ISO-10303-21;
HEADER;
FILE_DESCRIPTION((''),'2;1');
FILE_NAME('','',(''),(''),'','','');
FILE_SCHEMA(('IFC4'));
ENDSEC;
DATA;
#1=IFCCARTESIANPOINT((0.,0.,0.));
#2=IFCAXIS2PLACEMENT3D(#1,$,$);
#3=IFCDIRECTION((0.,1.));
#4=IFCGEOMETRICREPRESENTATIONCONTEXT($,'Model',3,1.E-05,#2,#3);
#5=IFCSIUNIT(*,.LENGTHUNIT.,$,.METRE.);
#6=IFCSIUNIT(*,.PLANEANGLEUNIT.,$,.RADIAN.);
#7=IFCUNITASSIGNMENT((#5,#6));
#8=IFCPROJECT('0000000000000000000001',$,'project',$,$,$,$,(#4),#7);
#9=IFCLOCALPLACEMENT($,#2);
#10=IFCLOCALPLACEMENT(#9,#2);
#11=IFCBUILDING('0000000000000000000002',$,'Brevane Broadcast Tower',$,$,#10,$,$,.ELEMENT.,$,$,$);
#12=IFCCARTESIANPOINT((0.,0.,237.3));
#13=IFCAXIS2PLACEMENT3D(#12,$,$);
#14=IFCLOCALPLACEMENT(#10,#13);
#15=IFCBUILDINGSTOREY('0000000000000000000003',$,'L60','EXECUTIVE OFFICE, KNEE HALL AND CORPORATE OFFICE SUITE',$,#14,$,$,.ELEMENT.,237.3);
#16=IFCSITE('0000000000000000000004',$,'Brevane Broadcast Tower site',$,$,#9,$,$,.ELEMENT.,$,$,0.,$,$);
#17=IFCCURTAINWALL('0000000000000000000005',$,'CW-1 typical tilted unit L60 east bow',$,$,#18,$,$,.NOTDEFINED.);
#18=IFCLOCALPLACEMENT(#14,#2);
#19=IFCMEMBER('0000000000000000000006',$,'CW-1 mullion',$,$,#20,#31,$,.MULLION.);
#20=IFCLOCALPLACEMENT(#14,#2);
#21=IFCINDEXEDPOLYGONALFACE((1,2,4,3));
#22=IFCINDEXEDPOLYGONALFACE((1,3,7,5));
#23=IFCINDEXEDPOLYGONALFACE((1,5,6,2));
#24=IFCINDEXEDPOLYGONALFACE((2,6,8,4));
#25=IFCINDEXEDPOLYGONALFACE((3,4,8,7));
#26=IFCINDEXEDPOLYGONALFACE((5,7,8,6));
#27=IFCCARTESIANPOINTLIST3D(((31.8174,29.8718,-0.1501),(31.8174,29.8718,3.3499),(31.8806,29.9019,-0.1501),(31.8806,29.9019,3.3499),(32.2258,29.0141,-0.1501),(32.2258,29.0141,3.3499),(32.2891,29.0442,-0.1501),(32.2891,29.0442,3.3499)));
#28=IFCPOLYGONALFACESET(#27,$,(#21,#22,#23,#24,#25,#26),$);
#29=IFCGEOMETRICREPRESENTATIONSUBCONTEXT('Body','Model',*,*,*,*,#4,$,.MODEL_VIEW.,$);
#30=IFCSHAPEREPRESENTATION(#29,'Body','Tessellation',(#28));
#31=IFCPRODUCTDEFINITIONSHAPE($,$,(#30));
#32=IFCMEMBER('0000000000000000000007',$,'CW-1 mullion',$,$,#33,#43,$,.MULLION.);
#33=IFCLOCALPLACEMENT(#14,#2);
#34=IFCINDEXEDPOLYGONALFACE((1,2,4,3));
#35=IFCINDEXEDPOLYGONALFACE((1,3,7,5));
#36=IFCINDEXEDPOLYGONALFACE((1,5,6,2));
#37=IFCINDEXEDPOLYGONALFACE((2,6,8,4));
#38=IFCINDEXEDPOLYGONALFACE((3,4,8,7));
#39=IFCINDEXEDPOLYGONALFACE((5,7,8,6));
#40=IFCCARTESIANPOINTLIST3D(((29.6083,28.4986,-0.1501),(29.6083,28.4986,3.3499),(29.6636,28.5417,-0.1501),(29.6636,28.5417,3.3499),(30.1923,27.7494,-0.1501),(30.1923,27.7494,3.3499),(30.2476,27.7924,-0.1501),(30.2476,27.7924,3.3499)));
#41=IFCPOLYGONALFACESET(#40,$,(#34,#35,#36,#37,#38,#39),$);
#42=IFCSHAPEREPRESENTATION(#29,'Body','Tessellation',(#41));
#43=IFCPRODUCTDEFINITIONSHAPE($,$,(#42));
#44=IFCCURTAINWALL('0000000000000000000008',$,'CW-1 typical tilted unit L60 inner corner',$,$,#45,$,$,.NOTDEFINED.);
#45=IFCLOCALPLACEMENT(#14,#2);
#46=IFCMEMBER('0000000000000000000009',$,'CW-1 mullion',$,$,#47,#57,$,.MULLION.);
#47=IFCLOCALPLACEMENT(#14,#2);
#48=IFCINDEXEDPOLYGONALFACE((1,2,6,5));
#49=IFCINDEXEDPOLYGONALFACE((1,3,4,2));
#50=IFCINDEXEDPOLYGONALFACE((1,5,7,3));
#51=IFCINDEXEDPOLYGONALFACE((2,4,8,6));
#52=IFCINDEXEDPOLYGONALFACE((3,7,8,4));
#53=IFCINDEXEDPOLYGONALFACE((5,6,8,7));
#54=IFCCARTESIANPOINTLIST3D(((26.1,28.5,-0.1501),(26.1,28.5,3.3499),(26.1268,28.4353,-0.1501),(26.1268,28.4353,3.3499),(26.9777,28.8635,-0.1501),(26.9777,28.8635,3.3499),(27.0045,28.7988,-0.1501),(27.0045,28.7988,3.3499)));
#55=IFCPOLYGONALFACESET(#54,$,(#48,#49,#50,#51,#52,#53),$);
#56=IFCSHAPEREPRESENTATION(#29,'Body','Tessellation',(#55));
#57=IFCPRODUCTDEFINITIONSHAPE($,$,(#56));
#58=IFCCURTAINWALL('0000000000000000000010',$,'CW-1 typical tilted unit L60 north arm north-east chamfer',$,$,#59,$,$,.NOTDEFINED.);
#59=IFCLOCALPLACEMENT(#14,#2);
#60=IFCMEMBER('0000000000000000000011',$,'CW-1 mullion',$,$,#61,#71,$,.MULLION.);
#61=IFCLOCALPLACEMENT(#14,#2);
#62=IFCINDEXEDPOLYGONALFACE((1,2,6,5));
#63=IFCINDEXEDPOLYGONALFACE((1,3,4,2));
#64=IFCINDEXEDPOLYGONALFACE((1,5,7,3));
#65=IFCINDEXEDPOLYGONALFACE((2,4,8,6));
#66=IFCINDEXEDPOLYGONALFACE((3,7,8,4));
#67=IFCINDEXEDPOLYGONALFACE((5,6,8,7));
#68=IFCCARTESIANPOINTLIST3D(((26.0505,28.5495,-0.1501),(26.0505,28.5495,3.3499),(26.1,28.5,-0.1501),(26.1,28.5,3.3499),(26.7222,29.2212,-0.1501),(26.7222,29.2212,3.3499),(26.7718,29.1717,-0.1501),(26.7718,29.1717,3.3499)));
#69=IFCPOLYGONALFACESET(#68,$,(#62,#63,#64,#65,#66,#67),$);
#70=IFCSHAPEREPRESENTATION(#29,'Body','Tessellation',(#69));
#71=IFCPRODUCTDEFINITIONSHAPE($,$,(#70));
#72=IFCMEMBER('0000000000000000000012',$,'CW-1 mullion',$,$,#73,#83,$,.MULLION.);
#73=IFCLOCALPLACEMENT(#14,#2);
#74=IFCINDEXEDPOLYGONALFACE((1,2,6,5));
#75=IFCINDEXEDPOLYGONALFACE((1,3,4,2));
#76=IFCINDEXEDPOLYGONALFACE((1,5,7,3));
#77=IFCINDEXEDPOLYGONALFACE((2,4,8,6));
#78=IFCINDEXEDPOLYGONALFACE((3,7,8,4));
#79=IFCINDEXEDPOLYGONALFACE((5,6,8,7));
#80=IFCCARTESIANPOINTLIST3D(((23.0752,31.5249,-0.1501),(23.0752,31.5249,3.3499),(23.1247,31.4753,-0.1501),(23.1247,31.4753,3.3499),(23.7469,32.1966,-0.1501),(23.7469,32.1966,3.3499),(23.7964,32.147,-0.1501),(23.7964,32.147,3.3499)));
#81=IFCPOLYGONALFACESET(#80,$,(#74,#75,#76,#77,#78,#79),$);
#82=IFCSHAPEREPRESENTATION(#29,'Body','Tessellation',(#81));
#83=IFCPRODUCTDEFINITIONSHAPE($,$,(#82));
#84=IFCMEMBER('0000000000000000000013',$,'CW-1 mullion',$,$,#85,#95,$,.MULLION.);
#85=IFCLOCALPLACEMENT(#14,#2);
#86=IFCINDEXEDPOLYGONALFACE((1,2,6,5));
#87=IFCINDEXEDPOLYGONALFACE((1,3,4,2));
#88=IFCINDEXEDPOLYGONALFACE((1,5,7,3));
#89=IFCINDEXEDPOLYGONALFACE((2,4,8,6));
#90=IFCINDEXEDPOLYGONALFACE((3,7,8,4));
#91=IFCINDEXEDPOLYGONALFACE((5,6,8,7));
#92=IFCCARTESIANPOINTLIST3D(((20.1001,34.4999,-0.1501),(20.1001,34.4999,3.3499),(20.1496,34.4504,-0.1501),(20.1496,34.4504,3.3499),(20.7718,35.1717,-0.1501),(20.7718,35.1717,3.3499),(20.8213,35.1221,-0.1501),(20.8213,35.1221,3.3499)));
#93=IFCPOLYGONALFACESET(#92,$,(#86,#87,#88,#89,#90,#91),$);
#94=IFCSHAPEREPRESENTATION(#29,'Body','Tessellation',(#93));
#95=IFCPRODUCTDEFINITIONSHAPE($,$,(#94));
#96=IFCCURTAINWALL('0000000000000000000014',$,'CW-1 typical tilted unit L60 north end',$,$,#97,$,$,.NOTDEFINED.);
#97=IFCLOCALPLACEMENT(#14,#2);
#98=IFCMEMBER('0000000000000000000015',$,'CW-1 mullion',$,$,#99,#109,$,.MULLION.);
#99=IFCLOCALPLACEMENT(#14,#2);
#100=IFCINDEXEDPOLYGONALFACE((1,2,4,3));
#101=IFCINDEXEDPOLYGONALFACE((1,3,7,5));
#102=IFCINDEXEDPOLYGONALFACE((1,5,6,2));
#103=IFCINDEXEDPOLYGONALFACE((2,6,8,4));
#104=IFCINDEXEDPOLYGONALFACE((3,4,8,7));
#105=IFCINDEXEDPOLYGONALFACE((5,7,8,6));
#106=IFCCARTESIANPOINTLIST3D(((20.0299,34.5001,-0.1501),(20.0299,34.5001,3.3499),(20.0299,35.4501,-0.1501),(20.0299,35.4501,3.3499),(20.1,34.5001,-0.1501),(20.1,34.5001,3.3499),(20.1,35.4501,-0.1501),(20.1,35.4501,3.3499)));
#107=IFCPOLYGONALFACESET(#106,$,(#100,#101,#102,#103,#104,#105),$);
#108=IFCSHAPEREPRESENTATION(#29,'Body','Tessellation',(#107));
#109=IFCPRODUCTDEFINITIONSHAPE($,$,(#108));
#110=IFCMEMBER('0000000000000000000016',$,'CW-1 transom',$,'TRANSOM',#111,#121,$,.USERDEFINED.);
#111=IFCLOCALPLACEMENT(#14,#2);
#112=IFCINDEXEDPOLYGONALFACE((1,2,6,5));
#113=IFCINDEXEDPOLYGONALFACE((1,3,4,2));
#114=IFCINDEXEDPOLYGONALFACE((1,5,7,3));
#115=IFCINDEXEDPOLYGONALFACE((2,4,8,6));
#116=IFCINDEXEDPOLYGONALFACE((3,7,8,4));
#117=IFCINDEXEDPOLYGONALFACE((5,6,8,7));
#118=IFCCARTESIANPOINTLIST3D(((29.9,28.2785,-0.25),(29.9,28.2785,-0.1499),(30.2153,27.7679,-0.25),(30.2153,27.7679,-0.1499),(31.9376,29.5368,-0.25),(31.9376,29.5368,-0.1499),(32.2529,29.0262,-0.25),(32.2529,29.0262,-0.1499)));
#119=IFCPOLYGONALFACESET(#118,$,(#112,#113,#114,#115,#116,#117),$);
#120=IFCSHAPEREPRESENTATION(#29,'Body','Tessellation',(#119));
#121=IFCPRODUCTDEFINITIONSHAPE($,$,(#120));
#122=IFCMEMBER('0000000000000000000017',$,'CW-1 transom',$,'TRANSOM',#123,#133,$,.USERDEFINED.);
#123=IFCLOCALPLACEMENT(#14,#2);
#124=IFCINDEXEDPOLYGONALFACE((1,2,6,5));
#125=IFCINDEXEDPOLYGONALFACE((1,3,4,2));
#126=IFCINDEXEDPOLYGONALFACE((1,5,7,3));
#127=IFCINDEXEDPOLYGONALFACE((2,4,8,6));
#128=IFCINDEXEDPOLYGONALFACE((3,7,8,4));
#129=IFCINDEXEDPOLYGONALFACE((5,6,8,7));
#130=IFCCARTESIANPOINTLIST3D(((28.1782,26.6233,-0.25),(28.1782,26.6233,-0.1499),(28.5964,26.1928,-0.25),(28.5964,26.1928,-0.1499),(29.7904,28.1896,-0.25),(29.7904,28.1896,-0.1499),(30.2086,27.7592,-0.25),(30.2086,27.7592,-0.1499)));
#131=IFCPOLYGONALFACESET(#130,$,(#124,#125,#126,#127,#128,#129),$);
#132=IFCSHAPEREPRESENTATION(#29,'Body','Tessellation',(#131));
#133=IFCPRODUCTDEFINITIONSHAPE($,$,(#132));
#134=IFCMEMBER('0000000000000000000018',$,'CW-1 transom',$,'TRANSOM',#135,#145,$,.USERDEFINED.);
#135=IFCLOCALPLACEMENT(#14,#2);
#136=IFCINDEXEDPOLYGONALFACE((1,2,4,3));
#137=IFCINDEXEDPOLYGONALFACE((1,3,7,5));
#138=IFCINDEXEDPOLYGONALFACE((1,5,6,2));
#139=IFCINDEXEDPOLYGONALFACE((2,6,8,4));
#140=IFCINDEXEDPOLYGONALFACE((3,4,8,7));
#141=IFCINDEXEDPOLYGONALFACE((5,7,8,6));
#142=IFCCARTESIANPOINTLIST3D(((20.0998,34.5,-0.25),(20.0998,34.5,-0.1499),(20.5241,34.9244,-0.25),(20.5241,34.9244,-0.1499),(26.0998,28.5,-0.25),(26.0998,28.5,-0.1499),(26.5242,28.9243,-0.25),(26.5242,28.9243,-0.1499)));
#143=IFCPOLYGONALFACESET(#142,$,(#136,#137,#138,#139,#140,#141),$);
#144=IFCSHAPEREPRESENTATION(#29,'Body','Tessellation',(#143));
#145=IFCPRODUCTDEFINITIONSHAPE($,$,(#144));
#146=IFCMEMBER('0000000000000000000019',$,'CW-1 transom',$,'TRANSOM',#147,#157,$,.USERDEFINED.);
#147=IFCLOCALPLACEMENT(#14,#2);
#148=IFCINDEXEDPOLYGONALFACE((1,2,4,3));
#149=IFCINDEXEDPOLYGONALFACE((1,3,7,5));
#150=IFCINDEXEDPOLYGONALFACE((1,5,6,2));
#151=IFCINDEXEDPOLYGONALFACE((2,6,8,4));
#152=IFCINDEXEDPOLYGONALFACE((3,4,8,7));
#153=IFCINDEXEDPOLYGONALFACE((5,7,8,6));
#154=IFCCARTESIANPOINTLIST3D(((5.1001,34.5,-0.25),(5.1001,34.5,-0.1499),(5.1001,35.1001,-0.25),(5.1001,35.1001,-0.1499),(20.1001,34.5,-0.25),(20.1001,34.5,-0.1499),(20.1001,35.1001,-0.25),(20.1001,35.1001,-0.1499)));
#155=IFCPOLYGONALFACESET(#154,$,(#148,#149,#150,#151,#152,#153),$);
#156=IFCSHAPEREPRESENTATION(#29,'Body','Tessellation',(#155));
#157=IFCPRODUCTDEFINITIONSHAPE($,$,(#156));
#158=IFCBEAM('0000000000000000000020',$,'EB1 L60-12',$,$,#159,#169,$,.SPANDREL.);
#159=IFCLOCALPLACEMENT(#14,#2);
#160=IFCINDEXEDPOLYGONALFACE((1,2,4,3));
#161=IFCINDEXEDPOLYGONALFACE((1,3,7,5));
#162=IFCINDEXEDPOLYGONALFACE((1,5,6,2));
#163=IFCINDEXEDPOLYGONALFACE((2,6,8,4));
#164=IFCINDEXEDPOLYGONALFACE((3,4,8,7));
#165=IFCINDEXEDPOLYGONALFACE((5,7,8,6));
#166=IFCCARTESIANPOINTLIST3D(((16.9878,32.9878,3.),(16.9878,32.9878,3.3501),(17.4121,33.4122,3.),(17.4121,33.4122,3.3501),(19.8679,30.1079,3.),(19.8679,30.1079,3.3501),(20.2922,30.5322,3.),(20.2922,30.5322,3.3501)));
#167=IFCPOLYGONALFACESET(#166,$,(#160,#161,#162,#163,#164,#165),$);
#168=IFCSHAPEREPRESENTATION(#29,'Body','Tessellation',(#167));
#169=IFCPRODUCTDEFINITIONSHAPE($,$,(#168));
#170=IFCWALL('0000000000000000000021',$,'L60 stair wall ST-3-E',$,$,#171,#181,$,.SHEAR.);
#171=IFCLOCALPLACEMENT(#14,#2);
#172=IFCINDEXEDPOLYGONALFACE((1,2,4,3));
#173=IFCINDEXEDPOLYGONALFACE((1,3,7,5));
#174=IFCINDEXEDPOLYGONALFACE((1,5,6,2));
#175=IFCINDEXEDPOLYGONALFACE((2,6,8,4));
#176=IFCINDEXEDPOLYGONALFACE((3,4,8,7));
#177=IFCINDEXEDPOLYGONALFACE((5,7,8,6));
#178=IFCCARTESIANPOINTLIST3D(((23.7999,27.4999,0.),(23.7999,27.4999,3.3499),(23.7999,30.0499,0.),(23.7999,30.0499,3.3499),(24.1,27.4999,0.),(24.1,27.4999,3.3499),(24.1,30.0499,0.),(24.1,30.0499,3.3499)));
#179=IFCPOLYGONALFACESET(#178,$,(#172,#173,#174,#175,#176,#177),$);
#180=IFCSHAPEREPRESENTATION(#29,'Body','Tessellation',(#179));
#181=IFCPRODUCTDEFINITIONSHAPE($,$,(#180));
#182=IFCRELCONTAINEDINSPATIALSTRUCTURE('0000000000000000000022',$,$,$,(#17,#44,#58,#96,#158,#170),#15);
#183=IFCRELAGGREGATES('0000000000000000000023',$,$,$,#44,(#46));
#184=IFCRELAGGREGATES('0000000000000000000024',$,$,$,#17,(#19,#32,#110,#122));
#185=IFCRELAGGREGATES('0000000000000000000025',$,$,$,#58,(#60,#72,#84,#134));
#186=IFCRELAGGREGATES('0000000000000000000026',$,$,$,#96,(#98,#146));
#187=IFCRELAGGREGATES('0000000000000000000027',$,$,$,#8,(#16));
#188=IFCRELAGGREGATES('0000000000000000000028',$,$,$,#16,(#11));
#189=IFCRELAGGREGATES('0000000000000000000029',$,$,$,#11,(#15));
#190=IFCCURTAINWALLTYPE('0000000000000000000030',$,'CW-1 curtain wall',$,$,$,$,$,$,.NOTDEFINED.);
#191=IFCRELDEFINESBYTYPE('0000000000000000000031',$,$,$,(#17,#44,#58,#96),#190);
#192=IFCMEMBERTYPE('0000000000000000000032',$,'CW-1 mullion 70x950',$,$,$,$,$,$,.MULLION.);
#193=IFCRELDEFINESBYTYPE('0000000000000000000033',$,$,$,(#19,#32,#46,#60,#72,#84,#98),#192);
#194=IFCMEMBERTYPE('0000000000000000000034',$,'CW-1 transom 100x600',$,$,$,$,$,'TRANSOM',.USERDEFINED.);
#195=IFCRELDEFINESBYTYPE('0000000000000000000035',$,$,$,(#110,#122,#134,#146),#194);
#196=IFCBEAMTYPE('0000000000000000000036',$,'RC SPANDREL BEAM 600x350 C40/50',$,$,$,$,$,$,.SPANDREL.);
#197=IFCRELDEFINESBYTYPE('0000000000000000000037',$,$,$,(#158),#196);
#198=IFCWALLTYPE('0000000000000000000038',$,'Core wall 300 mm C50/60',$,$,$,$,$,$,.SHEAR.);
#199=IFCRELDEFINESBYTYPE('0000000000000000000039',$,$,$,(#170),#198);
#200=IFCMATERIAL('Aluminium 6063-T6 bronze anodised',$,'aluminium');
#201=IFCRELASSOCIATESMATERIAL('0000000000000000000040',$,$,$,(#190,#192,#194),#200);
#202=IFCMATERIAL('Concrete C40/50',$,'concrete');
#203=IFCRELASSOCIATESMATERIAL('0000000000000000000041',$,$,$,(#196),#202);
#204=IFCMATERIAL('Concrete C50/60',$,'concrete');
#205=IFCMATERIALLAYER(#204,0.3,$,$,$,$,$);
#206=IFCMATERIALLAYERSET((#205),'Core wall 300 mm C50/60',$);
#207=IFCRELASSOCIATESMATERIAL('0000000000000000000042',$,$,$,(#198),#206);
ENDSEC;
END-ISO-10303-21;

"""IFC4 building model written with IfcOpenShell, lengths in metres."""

from ifc_helpers import new_model, si_unit, direction, frame, frame_2d, origin, origin_2d, place, context, subcontext, project, spatial, rectangle, extrude, material, layer, layer_set, material_profile, profile_set, type_object, element, aggregate, save


model = new_model("IFC4")

# Units and contexts
model_context = context("Model", 3, precision=1e-05, world=origin(), true_north=direction((0.0, 1.0)))
body_context = subcontext(model_context, "Body", "Model", "MODEL_VIEW")
ifc_project = project(units=[si_unit("LENGTHUNIT", "METRE"), si_unit("PLANEANGLEUNIT", "RADIAN")], contexts=[model_context])

# Site, building, storey
site_placement = place(None, origin())
site = spatial("IfcSite", under=ifc_project, at=site_placement, Name="Brevane Broadcast Tower site", CompositionType="ELEMENT", RefElevation=0.0)
building_placement = place(site_placement, origin())
building = spatial("IfcBuilding", under=site, at=building_placement, Name="Brevane Broadcast Tower", CompositionType="ELEMENT")
storey_placement = place(building_placement, frame((0.0, 0.0, 237.3)))
storey = spatial("IfcBuildingStorey", under=building, at=storey_placement, Name="L60", Description="EXECUTIVE OFFICE, KNEE HALL AND CORPORATE OFFICE SUITE", CompositionType="ELEMENT", Elevation=237.3)

# Curtain wall, members
ifc_material_1 = material(Name="Aluminium 6063-T6 bronze anodised", Category="aluminium")
curtain_wall_type = type_object("IfcCurtainWallType", Name="CW-1 curtain wall", PredefinedType="NOTDEFINED", material=ifc_material_1)
curtain_wall_1_placement = place(storey_placement, origin())
curtain_wall_1 = element("IfcCurtainWall", 1, at=curtain_wall_1_placement, inside=storey, type_object=curtain_wall_type, Name="CW-1 typical tilted unit L60 east bow", PredefinedType="NOTDEFINED")
ifc_material_profile_1 = material_profile(ifc_material_1, rectangle(XDim=0.95, YDim=0.0701, at=origin_2d()), Name="RECT 70x950")
ifc_profile_set_1 = profile_set([ifc_material_profile_1], Name="Aluminium 6063-T6 bronze anodised")
member_type_1 = type_object("IfcMemberType", Name="CW-1 mullion 70x950", PredefinedType="MULLION", material=ifc_profile_set_1)
member_1_placement = place(storey_placement, frame((32.0532, 29.458, -0.1501), z_axis=(0.0, 0.0, 1.0), x_axis=(0.429934, -0.902861, 0.0)))
member_1 = element("IfcMember", 2, at=member_1_placement, type_object=member_type_1, Name="CW-1 mullion", PredefinedType="MULLION", context=body_context, shape_type="SweptSolid", body=[
    extrude(rectangle(XDim=0.95, YDim=0.0701, at=origin_2d()), origin(), (0.0, 0.0, 1.0), 3.5),
])
member_2_placement = place(storey_placement, frame((29.928, 28.1455, -0.1501), z_axis=(0.0, 0.0, 1.0), x_axis=(0.61477, -0.788707, 0.0)))
member_2 = element("IfcMember", 3, at=member_2_placement, type_object=member_type_1, Name="CW-1 mullion", PredefinedType="MULLION", context=body_context, shape_type="SweptSolid", body=[
    extrude(rectangle(XDim=0.95, YDim=0.0701, at=origin_2d()), origin(), (0.0, 0.0, 1.0), 3.5),
])

# Curtain wall, member
curtain_wall_2_placement = place(storey_placement, origin())
curtain_wall_2 = element("IfcCurtainWall", 4, at=curtain_wall_2_placement, inside=storey, type_object=curtain_wall_type, Name="CW-1 typical tilted unit L60 inner corner", PredefinedType="NOTDEFINED")
member_3_placement = place(storey_placement, frame((26.5522, 28.6494, -0.1501), z_axis=(0.0, 0.0, 1.0), x_axis=(-0.92388, -0.382683, 0.0)))
member_3 = element("IfcMember", 5, at=member_3_placement, type_object=member_type_1, Name="CW-1 mullion", PredefinedType="MULLION", context=body_context, shape_type="SweptSolid", body=[
    extrude(rectangle(XDim=0.95, YDim=0.0701, at=origin_2d()), origin(), (0.0, 0.0, 1.0), 3.5),
])
aggregate(curtain_wall_2, [member_3])

# Curtain wall, members
curtain_wall_3_placement = place(storey_placement, origin())
curtain_wall_3 = element("IfcCurtainWall", 6, at=curtain_wall_3_placement, inside=storey, type_object=curtain_wall_type, Name="CW-1 typical tilted unit L60 north arm north-east chamfer", PredefinedType="NOTDEFINED")
member_4_placement = place(storey_placement, frame((26.4111, 28.8606, -0.1501), z_axis=(0.0, 0.0, 1.0), x_axis=(-0.707107, -0.707107, 0.0)))
member_4 = element("IfcMember", 7, at=member_4_placement, type_object=member_type_1, Name="CW-1 mullion", PredefinedType="MULLION", context=body_context, shape_type="SweptSolid", body=[
    extrude(rectangle(XDim=0.95, YDim=0.0701, at=origin_2d()), origin(), (0.0, 0.0, 1.0), 3.5),
])
member_5_placement = place(storey_placement, frame((23.4358, 31.8359, -0.1501), z_axis=(0.0, 0.0, 1.0), x_axis=(-0.707107, -0.707107, 0.0)))
member_5 = element("IfcMember", 8, at=member_5_placement, type_object=member_type_1, Name="CW-1 mullion", PredefinedType="MULLION", context=body_context, shape_type="SweptSolid", body=[
    extrude(rectangle(XDim=0.95, YDim=0.0701, at=origin_2d()), origin(), (0.0, 0.0, 1.0), 3.5),
])
member_6_placement = place(storey_placement, frame((20.4607, 34.811, -0.1501), z_axis=(0.0, 0.0, 1.0), x_axis=(-0.707107, -0.707107, 0.0)))
member_6 = element("IfcMember", 9, at=member_6_placement, type_object=member_type_1, Name="CW-1 mullion", PredefinedType="MULLION", context=body_context, shape_type="SweptSolid", body=[
    extrude(rectangle(XDim=0.95, YDim=0.0701, at=origin_2d()), origin(), (0.0, 0.0, 1.0), 3.5),
])

# Curtain wall, member
curtain_wall_4_placement = place(storey_placement, origin())
curtain_wall_4 = element("IfcCurtainWall", 10, at=curtain_wall_4_placement, inside=storey, type_object=curtain_wall_type, Name="CW-1 typical tilted unit L60 north end", PredefinedType="NOTDEFINED")
member_7_placement = place(storey_placement, frame((20.0649, 34.9751, -0.1501), z_axis=(0.0, 0.0, 1.0), x_axis=(0.0, -1.0, 0.0)))
member_7 = element("IfcMember", 11, at=member_7_placement, type_object=member_type_1, Name="CW-1 mullion", PredefinedType="MULLION", context=body_context, shape_type="SweptSolid", body=[
    extrude(rectangle(XDim=0.95, YDim=0.0701, at=origin_2d()), origin(), (0.0, 0.0, 1.0), 3.5),
])

# Members
ifc_material_profile_2 = material_profile(ifc_material_1, rectangle(XDim=0.6001, YDim=0.1001, at=origin_2d()), Name="RECT 100x600")
ifc_profile_set_2 = profile_set([ifc_material_profile_2], Name="Aluminium 6063-T6 bronze anodised")
member_type_2 = type_object("IfcMemberType", Name="CW-1 transom 100x600", ElementType="TRANSOM", PredefinedType="USERDEFINED", material=ifc_profile_set_2)
member_8_placement = place(storey_placement, frame((32.0952, 29.2815, -0.2), z_axis=(-0.850838, -0.525428, 0.0), x_axis=(0.525428, -0.850838, 0.0)))
member_8 = element("IfcMember", 12, at=member_8_placement, type_object=member_type_2, Name="CW-1 transom", ObjectType="TRANSOM", PredefinedType="USERDEFINED", context=body_context, shape_type="SweptSolid", body=[
    extrude(rectangle(XDim=0.6001, YDim=0.1001, at=origin_2d()), origin(), (0.0, 0.0, 1.0), 2.3948),
])
member_9_placement = place(storey_placement, frame((29.9995, 27.9744, -0.2), z_axis=(-0.717242, -0.696824, 0.0), x_axis=(0.696824, -0.717242, 0.0)))
member_9 = element("IfcMember", 13, at=member_9_placement, type_object=member_type_2, Name="CW-1 transom", ObjectType="TRANSOM", PredefinedType="USERDEFINED", context=body_context, shape_type="SweptSolid", body=[
    extrude(rectangle(XDim=0.6001, YDim=0.1001, at=origin_2d()), origin(), (0.0, 0.0, 1.0), 2.2478),
])
aggregate(curtain_wall_1, [member_1, member_2, member_8, member_9])
member_10_placement = place(storey_placement, frame((26.312, 28.7122, -0.2), z_axis=(-0.707107, 0.707107, 0.0), x_axis=(-0.707107, -0.707107, 0.0)))
member_10 = element("IfcMember", 14, at=member_10_placement, type_object=member_type_2, Name="CW-1 transom", ObjectType="TRANSOM", PredefinedType="USERDEFINED", context=body_context, shape_type="SweptSolid", body=[
    extrude(rectangle(XDim=0.6001, YDim=0.1001, at=origin_2d()), origin(), (0.0, 0.0, 1.0), 8.4854),
])
aggregate(curtain_wall_3, [member_4, member_5, member_6, member_10])
member_11_placement = place(storey_placement, frame((20.1001, 34.8, -0.2), z_axis=(-1.0, 0.0, 0.0), x_axis=(0.0, -1.0, 0.0)))
member_11 = element("IfcMember", 15, at=member_11_placement, type_object=member_type_2, Name="CW-1 transom", ObjectType="TRANSOM", PredefinedType="USERDEFINED", context=body_context, shape_type="SweptSolid", body=[
    extrude(rectangle(XDim=0.6001, YDim=0.1001, at=origin_2d()), origin(), (0.0, 0.0, 1.0), 15.0),
])
aggregate(curtain_wall_4, [member_7, member_11])

# Beam
ifc_material_2 = material(Name="Concrete C40/50", Category="concrete")
ifc_material_profile_3 = material_profile(ifc_material_2, rectangle(XDim=0.6001, YDim=0.3501, at=origin_2d()), Name="RC 600x350")
ifc_profile_set_3 = profile_set([ifc_material_profile_3], Name="Concrete C40/50")
beam_type = type_object("IfcBeamType", Name="RC SPANDREL BEAM 600x350 C40/50", PredefinedType="SPANDREL", material=ifc_profile_set_3)
beam_placement = place(storey_placement, frame((20.0801, 30.3201, 3.175), z_axis=(-0.707137, 0.707077, 0.0), x_axis=(-0.707077, -0.707137, 0.0)))
element("IfcBeam", 16, at=beam_placement, inside=storey, type_object=beam_type, Name="EB1 L60-12", PredefinedType="SPANDREL", context=body_context, shape_type="SweptSolid", body=[
    extrude(rectangle(XDim=0.6001, YDim=0.3501, at=origin_2d()), origin(), (0.0, 0.0, 1.0), 4.073),
])

# Wall
ifc_material_3 = material(Name="Concrete C50/60", Category="concrete")
ifc_layer_1 = layer(ifc_material_3, 0.3)
ifc_layer_set_1 = layer_set([ifc_layer_1], Name="Core wall 300 mm C50/60")
wall_type_1 = type_object("IfcWallType", Name="Core wall 300 mm C50/60", PredefinedType="SHEAR", material=ifc_layer_set_1)
wall_1_placement = place(storey_placement, frame((23.95, 27.5, 0.0), z_axis=(0.0, 0.0, 1.0), x_axis=(0.0, 1.0, 0.0)))
element("IfcWall", 17, at=wall_1_placement, inside=storey, type_object=wall_type_1, Name="L60 stair wall ST-3-E", PredefinedType="SHEAR", context=body_context, shape_type="SweptSolid", body=[
    extrude(rectangle(XDim=2.55, YDim=0.3, at=frame_2d((1.2749, 0.0))), origin(), (0.0, 0.0, 1.0), 3.3499),
])

save(model, "model.ifc")
